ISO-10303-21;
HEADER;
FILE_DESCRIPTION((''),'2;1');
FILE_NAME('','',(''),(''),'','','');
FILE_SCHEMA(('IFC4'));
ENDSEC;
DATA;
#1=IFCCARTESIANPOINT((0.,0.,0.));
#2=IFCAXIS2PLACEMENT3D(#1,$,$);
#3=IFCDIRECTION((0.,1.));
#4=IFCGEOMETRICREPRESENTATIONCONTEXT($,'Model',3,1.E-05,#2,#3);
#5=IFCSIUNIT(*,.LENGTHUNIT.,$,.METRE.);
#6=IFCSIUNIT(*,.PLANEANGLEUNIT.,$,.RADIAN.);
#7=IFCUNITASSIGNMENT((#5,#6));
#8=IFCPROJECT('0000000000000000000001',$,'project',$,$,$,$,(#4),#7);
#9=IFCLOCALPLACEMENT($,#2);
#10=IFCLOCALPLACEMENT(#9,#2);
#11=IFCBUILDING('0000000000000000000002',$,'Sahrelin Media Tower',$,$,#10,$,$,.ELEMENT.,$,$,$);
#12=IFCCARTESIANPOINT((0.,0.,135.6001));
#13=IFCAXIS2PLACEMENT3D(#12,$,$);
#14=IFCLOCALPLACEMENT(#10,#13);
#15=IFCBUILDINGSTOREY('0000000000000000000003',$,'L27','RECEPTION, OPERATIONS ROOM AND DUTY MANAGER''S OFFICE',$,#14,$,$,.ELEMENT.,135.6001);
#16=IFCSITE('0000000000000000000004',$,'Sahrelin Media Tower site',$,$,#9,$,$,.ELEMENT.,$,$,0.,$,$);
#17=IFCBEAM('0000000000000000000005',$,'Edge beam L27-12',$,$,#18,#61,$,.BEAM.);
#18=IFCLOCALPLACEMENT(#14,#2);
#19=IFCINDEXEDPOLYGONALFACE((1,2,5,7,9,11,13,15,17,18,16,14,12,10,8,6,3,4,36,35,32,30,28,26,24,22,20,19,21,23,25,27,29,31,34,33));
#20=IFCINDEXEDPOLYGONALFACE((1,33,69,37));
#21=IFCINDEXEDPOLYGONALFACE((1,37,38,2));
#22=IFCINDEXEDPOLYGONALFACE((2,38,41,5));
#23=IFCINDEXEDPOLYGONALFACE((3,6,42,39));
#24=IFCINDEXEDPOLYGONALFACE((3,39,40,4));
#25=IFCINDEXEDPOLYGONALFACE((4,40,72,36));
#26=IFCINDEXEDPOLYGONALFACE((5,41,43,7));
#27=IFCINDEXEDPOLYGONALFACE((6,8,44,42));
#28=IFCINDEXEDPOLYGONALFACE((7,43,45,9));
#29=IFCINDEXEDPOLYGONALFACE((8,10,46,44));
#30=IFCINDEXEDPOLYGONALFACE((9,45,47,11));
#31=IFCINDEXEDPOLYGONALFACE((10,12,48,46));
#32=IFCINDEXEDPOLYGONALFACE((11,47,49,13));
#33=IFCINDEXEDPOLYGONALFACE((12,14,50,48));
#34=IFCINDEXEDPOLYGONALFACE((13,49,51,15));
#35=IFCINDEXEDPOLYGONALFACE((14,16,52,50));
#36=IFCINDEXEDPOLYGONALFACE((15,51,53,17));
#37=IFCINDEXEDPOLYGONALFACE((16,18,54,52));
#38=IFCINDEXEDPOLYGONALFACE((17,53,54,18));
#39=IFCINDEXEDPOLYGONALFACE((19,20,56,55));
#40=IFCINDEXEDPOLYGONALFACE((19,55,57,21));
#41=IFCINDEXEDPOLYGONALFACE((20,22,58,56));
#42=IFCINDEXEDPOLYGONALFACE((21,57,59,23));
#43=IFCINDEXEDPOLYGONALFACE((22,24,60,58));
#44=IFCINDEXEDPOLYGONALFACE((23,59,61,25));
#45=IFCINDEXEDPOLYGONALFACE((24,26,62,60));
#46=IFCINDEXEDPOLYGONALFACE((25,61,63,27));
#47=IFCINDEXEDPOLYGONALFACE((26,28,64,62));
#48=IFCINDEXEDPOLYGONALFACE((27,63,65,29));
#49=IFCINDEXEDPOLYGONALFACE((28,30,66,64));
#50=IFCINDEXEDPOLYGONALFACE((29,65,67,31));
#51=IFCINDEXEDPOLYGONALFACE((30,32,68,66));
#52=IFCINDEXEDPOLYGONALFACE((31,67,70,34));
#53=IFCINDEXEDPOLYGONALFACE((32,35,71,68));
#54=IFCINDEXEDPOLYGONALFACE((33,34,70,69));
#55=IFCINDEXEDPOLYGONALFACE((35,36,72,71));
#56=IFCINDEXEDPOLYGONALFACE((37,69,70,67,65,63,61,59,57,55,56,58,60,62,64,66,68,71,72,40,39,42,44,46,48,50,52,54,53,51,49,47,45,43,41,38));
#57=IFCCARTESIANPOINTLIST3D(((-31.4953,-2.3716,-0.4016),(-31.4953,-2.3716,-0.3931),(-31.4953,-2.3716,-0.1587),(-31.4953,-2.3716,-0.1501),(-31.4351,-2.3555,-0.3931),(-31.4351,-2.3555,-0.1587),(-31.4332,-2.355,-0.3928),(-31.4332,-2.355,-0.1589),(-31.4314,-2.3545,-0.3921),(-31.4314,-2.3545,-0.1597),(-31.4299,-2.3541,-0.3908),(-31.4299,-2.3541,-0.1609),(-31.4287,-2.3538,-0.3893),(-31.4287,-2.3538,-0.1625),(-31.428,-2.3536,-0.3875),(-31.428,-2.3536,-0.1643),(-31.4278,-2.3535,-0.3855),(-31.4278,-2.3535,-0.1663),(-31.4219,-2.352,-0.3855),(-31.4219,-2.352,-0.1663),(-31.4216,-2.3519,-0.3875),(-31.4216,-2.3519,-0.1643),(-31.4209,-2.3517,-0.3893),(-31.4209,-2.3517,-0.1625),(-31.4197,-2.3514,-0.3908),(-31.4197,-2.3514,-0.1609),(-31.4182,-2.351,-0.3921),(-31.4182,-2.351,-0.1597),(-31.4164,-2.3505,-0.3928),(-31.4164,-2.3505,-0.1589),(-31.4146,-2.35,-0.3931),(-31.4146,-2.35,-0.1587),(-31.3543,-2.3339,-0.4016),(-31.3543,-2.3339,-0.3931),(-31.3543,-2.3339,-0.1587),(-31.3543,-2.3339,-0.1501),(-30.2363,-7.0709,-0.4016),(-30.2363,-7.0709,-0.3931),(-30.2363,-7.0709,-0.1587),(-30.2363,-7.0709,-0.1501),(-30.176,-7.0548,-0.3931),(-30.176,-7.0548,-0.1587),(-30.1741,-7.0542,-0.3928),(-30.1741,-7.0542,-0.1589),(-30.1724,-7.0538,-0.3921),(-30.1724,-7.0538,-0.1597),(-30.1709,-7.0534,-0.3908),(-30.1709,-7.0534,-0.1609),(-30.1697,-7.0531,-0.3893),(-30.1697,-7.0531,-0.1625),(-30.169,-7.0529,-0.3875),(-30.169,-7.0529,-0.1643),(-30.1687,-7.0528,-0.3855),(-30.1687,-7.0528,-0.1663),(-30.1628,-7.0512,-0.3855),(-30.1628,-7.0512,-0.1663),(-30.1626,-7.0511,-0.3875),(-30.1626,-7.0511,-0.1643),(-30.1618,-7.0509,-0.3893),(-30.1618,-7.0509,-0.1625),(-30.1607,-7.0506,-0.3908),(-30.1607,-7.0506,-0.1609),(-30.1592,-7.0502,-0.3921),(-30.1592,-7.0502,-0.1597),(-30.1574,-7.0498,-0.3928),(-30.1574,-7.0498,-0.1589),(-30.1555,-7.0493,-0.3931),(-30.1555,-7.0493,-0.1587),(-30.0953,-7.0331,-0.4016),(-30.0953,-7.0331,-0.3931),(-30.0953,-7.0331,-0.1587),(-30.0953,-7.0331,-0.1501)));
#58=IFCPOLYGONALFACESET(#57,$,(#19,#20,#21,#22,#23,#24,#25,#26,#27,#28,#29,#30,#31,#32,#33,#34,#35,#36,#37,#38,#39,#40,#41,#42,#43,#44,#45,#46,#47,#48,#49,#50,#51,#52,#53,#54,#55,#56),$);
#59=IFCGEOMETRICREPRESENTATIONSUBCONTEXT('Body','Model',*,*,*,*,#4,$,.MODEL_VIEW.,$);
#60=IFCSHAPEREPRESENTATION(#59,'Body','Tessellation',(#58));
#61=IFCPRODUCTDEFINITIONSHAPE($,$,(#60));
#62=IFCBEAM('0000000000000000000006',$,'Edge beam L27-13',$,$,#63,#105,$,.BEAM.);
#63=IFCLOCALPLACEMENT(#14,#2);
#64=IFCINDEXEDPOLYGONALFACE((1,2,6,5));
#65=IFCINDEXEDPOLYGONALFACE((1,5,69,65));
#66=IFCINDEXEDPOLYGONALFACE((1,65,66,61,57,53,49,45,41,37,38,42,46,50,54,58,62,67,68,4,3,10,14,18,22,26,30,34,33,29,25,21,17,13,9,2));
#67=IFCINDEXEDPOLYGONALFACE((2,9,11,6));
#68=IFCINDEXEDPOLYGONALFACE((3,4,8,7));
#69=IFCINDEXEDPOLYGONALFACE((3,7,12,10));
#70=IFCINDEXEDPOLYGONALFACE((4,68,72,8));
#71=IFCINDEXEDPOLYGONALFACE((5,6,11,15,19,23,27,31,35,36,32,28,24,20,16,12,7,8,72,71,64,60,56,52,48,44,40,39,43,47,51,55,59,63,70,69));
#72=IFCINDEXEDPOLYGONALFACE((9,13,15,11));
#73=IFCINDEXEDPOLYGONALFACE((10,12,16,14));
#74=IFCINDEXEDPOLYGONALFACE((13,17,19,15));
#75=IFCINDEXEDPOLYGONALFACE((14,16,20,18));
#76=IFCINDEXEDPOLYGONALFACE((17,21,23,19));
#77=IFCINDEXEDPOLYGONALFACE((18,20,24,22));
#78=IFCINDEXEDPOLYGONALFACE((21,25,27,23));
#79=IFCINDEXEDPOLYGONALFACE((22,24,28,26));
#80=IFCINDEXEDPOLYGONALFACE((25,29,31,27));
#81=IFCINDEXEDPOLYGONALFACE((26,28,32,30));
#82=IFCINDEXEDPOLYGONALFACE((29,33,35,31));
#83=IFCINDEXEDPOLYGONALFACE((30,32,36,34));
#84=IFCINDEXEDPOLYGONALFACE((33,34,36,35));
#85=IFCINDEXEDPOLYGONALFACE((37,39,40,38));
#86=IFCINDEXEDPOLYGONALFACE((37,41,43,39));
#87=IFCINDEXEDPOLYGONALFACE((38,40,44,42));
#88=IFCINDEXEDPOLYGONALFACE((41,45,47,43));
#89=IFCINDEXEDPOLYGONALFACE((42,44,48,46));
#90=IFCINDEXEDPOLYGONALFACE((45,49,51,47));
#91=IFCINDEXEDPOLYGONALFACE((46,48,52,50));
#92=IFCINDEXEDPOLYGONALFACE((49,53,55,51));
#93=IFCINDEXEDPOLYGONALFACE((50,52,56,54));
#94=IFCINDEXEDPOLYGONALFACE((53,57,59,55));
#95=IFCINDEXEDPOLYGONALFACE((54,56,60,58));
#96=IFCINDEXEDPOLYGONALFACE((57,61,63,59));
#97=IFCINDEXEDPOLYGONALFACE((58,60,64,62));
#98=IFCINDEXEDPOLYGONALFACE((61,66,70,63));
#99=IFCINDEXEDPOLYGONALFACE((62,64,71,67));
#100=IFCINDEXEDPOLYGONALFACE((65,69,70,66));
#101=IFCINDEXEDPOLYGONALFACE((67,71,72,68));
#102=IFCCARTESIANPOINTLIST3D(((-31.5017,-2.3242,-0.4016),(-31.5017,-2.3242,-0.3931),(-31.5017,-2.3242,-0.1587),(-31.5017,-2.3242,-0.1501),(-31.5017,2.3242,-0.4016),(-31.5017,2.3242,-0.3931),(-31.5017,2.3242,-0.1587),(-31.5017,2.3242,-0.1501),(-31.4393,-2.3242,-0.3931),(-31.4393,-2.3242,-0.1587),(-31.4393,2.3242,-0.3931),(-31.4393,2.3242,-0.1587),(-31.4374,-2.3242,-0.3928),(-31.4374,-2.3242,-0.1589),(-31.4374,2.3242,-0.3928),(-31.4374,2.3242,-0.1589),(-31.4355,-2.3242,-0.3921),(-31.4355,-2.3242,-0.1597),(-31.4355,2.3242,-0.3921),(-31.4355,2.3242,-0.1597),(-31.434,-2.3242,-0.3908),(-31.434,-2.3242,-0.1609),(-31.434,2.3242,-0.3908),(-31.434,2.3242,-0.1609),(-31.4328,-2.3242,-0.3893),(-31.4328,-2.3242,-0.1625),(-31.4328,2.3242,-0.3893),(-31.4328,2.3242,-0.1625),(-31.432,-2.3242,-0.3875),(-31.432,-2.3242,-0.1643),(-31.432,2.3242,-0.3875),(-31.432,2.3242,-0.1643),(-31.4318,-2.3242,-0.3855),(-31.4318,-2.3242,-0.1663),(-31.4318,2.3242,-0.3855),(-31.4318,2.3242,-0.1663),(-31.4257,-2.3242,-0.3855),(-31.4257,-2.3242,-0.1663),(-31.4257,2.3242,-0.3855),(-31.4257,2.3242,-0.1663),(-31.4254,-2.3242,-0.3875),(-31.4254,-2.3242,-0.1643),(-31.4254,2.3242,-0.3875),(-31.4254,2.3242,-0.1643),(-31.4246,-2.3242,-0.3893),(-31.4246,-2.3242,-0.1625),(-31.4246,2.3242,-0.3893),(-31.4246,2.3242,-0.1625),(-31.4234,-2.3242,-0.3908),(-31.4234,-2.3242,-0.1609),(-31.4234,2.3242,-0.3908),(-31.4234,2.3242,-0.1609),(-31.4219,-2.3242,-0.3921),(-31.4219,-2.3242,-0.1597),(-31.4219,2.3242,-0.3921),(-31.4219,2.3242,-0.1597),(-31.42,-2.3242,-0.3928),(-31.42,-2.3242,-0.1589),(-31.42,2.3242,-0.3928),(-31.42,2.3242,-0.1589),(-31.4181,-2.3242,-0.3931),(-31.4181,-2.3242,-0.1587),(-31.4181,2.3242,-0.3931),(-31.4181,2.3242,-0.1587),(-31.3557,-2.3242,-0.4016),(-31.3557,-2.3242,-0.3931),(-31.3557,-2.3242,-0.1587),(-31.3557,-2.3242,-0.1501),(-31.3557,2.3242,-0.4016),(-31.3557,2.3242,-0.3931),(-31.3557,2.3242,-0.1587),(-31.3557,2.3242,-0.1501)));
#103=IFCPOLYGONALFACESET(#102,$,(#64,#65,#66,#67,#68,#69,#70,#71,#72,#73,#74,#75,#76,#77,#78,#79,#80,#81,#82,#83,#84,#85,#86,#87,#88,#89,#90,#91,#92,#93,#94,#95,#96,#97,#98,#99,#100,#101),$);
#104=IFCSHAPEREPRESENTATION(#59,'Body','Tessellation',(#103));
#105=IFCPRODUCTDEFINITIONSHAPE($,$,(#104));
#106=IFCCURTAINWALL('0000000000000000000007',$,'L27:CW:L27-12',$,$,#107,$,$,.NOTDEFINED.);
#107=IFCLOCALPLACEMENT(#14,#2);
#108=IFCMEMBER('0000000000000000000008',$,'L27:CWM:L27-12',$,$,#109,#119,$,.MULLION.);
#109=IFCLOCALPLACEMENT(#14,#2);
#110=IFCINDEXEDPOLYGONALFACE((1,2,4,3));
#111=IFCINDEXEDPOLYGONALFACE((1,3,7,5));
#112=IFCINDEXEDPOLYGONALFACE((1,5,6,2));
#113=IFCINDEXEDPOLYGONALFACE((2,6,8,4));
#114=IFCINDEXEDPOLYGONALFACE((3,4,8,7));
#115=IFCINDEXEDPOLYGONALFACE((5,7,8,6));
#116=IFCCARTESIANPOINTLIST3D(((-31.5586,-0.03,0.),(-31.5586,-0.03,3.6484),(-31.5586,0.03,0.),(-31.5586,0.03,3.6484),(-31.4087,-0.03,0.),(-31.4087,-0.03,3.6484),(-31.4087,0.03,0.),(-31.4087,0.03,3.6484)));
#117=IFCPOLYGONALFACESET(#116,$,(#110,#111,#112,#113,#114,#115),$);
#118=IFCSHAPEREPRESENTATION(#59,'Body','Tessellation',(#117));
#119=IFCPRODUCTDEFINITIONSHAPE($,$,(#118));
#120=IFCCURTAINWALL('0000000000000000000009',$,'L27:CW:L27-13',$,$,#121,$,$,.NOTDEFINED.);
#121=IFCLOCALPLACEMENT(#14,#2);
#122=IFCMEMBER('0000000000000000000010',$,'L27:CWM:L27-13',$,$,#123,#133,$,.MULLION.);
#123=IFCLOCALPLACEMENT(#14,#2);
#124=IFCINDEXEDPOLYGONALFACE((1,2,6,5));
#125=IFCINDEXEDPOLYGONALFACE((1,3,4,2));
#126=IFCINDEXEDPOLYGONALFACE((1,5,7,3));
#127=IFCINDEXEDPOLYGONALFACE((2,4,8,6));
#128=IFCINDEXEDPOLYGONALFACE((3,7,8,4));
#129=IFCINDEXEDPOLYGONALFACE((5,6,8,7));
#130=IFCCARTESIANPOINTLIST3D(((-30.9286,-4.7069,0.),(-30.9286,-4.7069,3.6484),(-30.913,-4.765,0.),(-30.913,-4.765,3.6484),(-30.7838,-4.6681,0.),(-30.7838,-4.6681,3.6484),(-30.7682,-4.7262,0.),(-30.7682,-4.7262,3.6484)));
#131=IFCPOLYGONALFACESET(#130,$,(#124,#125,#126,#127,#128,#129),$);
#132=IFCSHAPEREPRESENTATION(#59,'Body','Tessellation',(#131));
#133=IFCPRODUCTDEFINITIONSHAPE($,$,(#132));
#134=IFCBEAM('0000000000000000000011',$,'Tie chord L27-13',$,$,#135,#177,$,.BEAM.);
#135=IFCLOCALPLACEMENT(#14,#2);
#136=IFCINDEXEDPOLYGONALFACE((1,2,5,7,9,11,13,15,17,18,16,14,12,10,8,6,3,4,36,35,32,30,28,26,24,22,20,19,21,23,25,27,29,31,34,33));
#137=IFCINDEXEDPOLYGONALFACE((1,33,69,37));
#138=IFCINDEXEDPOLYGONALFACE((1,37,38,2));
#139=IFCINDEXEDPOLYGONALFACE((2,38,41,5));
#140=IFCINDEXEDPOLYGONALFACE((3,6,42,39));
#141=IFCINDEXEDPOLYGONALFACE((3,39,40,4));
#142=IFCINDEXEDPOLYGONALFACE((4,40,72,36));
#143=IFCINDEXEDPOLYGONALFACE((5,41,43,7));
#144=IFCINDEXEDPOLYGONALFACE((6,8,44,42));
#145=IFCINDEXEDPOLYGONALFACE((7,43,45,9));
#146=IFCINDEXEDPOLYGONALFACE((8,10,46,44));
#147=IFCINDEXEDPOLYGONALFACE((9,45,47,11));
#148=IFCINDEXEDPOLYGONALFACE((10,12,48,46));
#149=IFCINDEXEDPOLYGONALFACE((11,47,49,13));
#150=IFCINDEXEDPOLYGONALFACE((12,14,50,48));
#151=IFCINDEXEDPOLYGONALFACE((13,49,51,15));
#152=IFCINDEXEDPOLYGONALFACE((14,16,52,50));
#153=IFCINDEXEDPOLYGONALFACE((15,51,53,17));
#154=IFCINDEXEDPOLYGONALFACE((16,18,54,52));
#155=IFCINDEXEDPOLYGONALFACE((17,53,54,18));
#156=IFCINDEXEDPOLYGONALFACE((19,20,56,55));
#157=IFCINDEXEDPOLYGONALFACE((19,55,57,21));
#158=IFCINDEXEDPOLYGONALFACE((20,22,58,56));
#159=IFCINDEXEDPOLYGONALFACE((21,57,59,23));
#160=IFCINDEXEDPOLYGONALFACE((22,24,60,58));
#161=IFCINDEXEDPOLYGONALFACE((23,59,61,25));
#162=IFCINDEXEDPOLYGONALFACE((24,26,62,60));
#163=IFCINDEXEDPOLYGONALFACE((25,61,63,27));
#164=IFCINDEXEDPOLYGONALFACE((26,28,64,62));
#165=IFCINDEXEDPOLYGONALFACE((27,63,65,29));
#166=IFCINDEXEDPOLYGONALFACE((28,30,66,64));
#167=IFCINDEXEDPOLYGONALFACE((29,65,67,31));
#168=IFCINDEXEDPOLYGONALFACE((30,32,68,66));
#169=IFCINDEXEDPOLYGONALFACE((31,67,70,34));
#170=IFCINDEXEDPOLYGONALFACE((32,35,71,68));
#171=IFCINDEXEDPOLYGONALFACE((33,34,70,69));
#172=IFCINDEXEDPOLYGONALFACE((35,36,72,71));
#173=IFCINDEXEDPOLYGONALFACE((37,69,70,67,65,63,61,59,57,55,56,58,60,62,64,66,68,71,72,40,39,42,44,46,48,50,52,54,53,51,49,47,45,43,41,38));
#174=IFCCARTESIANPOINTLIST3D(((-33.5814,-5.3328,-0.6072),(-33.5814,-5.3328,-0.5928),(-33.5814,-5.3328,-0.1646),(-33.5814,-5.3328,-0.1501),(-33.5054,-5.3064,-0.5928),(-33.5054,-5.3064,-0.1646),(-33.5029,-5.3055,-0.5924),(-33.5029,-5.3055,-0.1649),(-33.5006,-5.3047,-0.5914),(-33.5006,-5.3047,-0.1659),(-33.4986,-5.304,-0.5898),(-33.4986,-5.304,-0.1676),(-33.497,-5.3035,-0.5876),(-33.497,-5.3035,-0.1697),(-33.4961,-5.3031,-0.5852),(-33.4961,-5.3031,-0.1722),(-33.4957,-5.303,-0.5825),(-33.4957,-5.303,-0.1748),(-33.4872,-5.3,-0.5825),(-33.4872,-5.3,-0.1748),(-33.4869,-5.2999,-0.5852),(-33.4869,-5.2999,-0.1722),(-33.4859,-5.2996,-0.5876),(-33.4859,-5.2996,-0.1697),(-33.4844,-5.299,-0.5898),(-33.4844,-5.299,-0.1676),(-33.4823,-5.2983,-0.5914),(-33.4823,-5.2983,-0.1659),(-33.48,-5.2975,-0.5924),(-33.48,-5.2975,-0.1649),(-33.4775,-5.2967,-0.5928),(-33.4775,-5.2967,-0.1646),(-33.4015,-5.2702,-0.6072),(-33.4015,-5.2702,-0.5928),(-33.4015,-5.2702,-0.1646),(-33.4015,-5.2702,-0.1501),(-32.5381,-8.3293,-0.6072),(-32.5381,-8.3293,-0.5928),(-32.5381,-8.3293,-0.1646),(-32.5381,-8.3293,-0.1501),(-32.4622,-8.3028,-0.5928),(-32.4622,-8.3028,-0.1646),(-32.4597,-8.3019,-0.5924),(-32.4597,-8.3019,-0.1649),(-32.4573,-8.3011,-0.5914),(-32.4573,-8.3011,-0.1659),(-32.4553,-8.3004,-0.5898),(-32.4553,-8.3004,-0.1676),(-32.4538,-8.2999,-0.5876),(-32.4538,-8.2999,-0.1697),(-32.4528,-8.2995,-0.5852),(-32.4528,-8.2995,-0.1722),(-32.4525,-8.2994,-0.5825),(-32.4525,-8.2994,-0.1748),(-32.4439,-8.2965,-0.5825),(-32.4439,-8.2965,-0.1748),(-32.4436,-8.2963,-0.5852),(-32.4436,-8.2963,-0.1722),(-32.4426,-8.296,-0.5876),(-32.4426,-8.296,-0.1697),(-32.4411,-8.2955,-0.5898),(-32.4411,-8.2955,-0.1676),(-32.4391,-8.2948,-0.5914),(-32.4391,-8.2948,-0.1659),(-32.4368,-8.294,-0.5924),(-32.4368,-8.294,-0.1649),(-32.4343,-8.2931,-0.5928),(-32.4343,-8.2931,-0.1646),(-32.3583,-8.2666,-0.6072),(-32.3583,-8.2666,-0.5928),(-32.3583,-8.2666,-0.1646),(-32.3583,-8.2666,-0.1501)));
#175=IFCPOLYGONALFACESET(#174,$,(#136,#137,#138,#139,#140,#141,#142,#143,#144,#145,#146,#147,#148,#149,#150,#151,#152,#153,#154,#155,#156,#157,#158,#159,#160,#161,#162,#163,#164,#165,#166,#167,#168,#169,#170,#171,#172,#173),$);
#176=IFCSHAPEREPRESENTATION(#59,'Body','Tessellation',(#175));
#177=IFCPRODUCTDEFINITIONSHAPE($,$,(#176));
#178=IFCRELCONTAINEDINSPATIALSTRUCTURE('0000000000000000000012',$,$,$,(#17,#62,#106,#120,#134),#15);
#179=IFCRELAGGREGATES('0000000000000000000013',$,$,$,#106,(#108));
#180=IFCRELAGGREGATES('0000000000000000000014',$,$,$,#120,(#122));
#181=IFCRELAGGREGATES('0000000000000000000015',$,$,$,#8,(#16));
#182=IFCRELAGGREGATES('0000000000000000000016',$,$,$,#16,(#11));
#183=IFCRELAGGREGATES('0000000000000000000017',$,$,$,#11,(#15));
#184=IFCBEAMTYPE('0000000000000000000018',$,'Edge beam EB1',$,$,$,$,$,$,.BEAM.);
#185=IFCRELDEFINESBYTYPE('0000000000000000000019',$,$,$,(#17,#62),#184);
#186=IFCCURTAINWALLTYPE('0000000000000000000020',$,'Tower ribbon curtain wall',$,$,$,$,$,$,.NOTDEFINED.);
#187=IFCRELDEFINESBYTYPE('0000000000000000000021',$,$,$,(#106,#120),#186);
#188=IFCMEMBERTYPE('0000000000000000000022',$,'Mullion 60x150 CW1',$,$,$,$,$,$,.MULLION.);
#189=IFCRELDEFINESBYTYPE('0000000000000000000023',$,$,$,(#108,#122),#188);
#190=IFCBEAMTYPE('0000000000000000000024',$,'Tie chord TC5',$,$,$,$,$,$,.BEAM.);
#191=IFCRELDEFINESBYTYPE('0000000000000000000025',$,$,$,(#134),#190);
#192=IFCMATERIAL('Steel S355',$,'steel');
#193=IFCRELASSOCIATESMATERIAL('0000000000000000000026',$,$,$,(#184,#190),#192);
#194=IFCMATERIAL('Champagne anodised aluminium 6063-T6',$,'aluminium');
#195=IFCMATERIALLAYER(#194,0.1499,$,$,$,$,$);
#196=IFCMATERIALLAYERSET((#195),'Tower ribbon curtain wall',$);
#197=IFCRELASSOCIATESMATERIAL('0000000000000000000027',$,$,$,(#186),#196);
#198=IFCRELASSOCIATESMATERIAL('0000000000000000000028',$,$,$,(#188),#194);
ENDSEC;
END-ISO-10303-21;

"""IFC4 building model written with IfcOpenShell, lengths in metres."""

from ifc_helpers import new_model, si_unit, direction, frame, origin, origin_2d, place, context, subcontext, project, spatial, rectangle, i_section, extrude, material, layer, layer_set, material_profile, profile_set, type_object, element, aggregate, save


model = new_model("IFC4")

# Units and contexts
model_context = context("Model", 3, precision=1e-05, world=origin(), true_north=direction((0.0, 1.0)))
body_context = subcontext(model_context, "Body", "Model", "MODEL_VIEW")
ifc_project = project(units=[si_unit("LENGTHUNIT", "METRE"), si_unit("PLANEANGLEUNIT", "RADIAN")], contexts=[model_context])

# Site, building, storey
site_placement = place(None, origin())
site = spatial("IfcSite", under=ifc_project, at=site_placement, Name="Sahrelin Media Tower site", CompositionType="ELEMENT", RefElevation=0.0)
building_placement = place(site_placement, origin())
building = spatial("IfcBuilding", under=site, at=building_placement, Name="Sahrelin Media Tower", CompositionType="ELEMENT")
storey_placement = place(building_placement, frame((0.0, 0.0, 135.6001)))
storey = spatial("IfcBuildingStorey", under=building, at=storey_placement, Name="L27", Description="RECEPTION, OPERATIONS ROOM AND DUTY MANAGER'S OFFICE", CompositionType="ELEMENT", Elevation=135.6001)

# Beams
ifc_material_1 = material(Name="Steel S355", Category="steel")
ifc_material_profile_1 = material_profile(ifc_material_1, i_section(OverallWidth=0.146, OverallDepth=0.2515, WebThickness=0.0061, FlangeThickness=0.0085, FilletRadius=0.0076, at=origin_2d()), Name="UB 254x146x31")
ifc_profile_set_1 = profile_set([ifc_material_profile_1], Name="Steel S355")
beam_type_1 = type_object("IfcBeamType", Name="Edge beam EB1", PredefinedType="BEAM", material=ifc_profile_set_1)
beam_1_placement = place(storey_placement, frame((-30.1658, -7.052, -0.2759), z_axis=(-0.258796, 0.965932, 0.0), x_axis=(-0.965932, -0.258796, 0.0)))
element("IfcBeam", 1, at=beam_1_placement, inside=storey, type_object=beam_type_1, Name="Edge beam L27-12", PredefinedType="BEAM", context=body_context, shape_type="SweptSolid", body=[
    extrude(i_section(OverallWidth=0.146, OverallDepth=0.2515, WebThickness=0.0061, FlangeThickness=0.0085, FilletRadius=0.0076, at=origin_2d()), origin(), (0.0, 0.0, 1.0), 4.865),
])
beam_2_placement = place(storey_placement, frame((-31.4287, -2.3242, -0.2759), z_axis=(0.0, 1.0, 0.0), x_axis=(-1.0, 0.0, 0.0)))
element("IfcBeam", 2, at=beam_2_placement, inside=storey, type_object=beam_type_1, Name="Edge beam L27-13", PredefinedType="BEAM", context=body_context, shape_type="SweptSolid", body=[
    extrude(i_section(OverallWidth=0.146, OverallDepth=0.2515, WebThickness=0.0061, FlangeThickness=0.0085, FilletRadius=0.0076, at=origin_2d()), origin(), (0.0, 0.0, 1.0), 4.6484),
])

# Curtain walls, members
ifc_material_2 = material(Name="Champagne anodised aluminium 6063-T6", Category="aluminium")
ifc_layer_1 = layer(ifc_material_2, 0.1499)
ifc_layer_set_1 = layer_set([ifc_layer_1], Name="Tower ribbon curtain wall")
curtain_wall_type = type_object("IfcCurtainWallType", Name="Tower ribbon curtain wall", PredefinedType="NOTDEFINED", material=ifc_layer_set_1)
curtain_wall_1_placement = place(storey_placement, frame((-31.5786, 0.0, 0.0), z_axis=(0.0, 0.0, 1.0), x_axis=(1.0, 0.0, 0.0)))
curtain_wall_1 = element("IfcCurtainWall", 3, at=curtain_wall_1_placement, inside=storey, type_object=curtain_wall_type, Name="L27:CW:L27-12", PredefinedType="NOTDEFINED")
ifc_material_profile_2 = material_profile(ifc_material_2, rectangle(XDim=0.0601, YDim=0.1499, at=origin_2d()), Name="Mullion 60x150")
ifc_profile_set_2 = profile_set([ifc_material_profile_2], Name="Champagne anodised aluminium 6063-T6")
member_type_1 = type_object("IfcMemberType", Name="Mullion 60x150 CW1", PredefinedType="MULLION", material=ifc_profile_set_2)
member_1_placement = place(storey_placement, frame((-31.4836, 0.0, 0.0), z_axis=(0.0, 0.0, 1.0), x_axis=(0.0, -1.0, 0.0)))
member_1 = element("IfcMember", 4, at=member_1_placement, type_object=member_type_1, Name="L27:CWM:L27-12", PredefinedType="MULLION", context=body_context, shape_type="SweptSolid", body=[
    extrude(rectangle(XDim=0.0601, YDim=0.1499, at=origin_2d()), origin(), (0.0, 0.0, 1.0), 3.6484),
])
aggregate(curtain_wall_1, [member_1])
curtain_wall_2_placement = place(storey_placement, frame((-30.9402, -4.7412, 0.0), z_axis=(0.0, 0.0, 1.0), x_axis=(1.0, 0.0, 0.0)))
curtain_wall_2 = element("IfcCurtainWall", 5, at=curtain_wall_2_placement, inside=storey, type_object=curtain_wall_type, Name="L27:CW:L27-13", PredefinedType="NOTDEFINED")
member_2_placement = place(storey_placement, frame((-30.8484, -4.7166, 0.0), z_axis=(0.0, 0.0, 1.0), x_axis=(0.258827, -0.965924, 0.0)))
member_2 = element("IfcMember", 6, at=member_2_placement, type_object=member_type_1, Name="L27:CWM:L27-13", PredefinedType="MULLION", context=body_context, shape_type="SweptSolid", body=[
    extrude(rectangle(XDim=0.0601, YDim=0.1499, at=origin_2d()), origin(), (0.0, 0.0, 1.0), 3.6484),
])

# Beam
ifc_material_profile_3 = material_profile(ifc_material_1, i_section(OverallWidth=0.1904, OverallDepth=0.457, WebThickness=0.009, FlangeThickness=0.0144, FilletRadius=0.0103, at=origin_2d()), Name="UB 457x191x74")
ifc_profile_set_3 = profile_set([ifc_material_profile_3], Name="Steel S355")
beam_type_2 = type_object("IfcBeamType", Name="Tie chord TC5", PredefinedType="BEAM", material=ifc_profile_set_3)
beam_3_placement = place(storey_placement, frame((-33.4915, -5.3015, -0.3787), z_axis=(0.328804, -0.944398, 0.0), x_axis=(0.944398, 0.328804, 0.0)))
element("IfcBeam", 7, at=beam_3_placement, inside=storey, type_object=beam_type_2, Name="Tie chord L27-13", PredefinedType="BEAM", context=body_context, shape_type="SweptSolid", body=[
    extrude(i_section(OverallWidth=0.1904, OverallDepth=0.457, WebThickness=0.009, FlangeThickness=0.0144, FilletRadius=0.0103, at=origin_2d()), origin(), (0.0, 0.0, 1.0), 3.1729),
])

aggregate(curtain_wall_2, [member_2])

save(model, "model.ifc")
